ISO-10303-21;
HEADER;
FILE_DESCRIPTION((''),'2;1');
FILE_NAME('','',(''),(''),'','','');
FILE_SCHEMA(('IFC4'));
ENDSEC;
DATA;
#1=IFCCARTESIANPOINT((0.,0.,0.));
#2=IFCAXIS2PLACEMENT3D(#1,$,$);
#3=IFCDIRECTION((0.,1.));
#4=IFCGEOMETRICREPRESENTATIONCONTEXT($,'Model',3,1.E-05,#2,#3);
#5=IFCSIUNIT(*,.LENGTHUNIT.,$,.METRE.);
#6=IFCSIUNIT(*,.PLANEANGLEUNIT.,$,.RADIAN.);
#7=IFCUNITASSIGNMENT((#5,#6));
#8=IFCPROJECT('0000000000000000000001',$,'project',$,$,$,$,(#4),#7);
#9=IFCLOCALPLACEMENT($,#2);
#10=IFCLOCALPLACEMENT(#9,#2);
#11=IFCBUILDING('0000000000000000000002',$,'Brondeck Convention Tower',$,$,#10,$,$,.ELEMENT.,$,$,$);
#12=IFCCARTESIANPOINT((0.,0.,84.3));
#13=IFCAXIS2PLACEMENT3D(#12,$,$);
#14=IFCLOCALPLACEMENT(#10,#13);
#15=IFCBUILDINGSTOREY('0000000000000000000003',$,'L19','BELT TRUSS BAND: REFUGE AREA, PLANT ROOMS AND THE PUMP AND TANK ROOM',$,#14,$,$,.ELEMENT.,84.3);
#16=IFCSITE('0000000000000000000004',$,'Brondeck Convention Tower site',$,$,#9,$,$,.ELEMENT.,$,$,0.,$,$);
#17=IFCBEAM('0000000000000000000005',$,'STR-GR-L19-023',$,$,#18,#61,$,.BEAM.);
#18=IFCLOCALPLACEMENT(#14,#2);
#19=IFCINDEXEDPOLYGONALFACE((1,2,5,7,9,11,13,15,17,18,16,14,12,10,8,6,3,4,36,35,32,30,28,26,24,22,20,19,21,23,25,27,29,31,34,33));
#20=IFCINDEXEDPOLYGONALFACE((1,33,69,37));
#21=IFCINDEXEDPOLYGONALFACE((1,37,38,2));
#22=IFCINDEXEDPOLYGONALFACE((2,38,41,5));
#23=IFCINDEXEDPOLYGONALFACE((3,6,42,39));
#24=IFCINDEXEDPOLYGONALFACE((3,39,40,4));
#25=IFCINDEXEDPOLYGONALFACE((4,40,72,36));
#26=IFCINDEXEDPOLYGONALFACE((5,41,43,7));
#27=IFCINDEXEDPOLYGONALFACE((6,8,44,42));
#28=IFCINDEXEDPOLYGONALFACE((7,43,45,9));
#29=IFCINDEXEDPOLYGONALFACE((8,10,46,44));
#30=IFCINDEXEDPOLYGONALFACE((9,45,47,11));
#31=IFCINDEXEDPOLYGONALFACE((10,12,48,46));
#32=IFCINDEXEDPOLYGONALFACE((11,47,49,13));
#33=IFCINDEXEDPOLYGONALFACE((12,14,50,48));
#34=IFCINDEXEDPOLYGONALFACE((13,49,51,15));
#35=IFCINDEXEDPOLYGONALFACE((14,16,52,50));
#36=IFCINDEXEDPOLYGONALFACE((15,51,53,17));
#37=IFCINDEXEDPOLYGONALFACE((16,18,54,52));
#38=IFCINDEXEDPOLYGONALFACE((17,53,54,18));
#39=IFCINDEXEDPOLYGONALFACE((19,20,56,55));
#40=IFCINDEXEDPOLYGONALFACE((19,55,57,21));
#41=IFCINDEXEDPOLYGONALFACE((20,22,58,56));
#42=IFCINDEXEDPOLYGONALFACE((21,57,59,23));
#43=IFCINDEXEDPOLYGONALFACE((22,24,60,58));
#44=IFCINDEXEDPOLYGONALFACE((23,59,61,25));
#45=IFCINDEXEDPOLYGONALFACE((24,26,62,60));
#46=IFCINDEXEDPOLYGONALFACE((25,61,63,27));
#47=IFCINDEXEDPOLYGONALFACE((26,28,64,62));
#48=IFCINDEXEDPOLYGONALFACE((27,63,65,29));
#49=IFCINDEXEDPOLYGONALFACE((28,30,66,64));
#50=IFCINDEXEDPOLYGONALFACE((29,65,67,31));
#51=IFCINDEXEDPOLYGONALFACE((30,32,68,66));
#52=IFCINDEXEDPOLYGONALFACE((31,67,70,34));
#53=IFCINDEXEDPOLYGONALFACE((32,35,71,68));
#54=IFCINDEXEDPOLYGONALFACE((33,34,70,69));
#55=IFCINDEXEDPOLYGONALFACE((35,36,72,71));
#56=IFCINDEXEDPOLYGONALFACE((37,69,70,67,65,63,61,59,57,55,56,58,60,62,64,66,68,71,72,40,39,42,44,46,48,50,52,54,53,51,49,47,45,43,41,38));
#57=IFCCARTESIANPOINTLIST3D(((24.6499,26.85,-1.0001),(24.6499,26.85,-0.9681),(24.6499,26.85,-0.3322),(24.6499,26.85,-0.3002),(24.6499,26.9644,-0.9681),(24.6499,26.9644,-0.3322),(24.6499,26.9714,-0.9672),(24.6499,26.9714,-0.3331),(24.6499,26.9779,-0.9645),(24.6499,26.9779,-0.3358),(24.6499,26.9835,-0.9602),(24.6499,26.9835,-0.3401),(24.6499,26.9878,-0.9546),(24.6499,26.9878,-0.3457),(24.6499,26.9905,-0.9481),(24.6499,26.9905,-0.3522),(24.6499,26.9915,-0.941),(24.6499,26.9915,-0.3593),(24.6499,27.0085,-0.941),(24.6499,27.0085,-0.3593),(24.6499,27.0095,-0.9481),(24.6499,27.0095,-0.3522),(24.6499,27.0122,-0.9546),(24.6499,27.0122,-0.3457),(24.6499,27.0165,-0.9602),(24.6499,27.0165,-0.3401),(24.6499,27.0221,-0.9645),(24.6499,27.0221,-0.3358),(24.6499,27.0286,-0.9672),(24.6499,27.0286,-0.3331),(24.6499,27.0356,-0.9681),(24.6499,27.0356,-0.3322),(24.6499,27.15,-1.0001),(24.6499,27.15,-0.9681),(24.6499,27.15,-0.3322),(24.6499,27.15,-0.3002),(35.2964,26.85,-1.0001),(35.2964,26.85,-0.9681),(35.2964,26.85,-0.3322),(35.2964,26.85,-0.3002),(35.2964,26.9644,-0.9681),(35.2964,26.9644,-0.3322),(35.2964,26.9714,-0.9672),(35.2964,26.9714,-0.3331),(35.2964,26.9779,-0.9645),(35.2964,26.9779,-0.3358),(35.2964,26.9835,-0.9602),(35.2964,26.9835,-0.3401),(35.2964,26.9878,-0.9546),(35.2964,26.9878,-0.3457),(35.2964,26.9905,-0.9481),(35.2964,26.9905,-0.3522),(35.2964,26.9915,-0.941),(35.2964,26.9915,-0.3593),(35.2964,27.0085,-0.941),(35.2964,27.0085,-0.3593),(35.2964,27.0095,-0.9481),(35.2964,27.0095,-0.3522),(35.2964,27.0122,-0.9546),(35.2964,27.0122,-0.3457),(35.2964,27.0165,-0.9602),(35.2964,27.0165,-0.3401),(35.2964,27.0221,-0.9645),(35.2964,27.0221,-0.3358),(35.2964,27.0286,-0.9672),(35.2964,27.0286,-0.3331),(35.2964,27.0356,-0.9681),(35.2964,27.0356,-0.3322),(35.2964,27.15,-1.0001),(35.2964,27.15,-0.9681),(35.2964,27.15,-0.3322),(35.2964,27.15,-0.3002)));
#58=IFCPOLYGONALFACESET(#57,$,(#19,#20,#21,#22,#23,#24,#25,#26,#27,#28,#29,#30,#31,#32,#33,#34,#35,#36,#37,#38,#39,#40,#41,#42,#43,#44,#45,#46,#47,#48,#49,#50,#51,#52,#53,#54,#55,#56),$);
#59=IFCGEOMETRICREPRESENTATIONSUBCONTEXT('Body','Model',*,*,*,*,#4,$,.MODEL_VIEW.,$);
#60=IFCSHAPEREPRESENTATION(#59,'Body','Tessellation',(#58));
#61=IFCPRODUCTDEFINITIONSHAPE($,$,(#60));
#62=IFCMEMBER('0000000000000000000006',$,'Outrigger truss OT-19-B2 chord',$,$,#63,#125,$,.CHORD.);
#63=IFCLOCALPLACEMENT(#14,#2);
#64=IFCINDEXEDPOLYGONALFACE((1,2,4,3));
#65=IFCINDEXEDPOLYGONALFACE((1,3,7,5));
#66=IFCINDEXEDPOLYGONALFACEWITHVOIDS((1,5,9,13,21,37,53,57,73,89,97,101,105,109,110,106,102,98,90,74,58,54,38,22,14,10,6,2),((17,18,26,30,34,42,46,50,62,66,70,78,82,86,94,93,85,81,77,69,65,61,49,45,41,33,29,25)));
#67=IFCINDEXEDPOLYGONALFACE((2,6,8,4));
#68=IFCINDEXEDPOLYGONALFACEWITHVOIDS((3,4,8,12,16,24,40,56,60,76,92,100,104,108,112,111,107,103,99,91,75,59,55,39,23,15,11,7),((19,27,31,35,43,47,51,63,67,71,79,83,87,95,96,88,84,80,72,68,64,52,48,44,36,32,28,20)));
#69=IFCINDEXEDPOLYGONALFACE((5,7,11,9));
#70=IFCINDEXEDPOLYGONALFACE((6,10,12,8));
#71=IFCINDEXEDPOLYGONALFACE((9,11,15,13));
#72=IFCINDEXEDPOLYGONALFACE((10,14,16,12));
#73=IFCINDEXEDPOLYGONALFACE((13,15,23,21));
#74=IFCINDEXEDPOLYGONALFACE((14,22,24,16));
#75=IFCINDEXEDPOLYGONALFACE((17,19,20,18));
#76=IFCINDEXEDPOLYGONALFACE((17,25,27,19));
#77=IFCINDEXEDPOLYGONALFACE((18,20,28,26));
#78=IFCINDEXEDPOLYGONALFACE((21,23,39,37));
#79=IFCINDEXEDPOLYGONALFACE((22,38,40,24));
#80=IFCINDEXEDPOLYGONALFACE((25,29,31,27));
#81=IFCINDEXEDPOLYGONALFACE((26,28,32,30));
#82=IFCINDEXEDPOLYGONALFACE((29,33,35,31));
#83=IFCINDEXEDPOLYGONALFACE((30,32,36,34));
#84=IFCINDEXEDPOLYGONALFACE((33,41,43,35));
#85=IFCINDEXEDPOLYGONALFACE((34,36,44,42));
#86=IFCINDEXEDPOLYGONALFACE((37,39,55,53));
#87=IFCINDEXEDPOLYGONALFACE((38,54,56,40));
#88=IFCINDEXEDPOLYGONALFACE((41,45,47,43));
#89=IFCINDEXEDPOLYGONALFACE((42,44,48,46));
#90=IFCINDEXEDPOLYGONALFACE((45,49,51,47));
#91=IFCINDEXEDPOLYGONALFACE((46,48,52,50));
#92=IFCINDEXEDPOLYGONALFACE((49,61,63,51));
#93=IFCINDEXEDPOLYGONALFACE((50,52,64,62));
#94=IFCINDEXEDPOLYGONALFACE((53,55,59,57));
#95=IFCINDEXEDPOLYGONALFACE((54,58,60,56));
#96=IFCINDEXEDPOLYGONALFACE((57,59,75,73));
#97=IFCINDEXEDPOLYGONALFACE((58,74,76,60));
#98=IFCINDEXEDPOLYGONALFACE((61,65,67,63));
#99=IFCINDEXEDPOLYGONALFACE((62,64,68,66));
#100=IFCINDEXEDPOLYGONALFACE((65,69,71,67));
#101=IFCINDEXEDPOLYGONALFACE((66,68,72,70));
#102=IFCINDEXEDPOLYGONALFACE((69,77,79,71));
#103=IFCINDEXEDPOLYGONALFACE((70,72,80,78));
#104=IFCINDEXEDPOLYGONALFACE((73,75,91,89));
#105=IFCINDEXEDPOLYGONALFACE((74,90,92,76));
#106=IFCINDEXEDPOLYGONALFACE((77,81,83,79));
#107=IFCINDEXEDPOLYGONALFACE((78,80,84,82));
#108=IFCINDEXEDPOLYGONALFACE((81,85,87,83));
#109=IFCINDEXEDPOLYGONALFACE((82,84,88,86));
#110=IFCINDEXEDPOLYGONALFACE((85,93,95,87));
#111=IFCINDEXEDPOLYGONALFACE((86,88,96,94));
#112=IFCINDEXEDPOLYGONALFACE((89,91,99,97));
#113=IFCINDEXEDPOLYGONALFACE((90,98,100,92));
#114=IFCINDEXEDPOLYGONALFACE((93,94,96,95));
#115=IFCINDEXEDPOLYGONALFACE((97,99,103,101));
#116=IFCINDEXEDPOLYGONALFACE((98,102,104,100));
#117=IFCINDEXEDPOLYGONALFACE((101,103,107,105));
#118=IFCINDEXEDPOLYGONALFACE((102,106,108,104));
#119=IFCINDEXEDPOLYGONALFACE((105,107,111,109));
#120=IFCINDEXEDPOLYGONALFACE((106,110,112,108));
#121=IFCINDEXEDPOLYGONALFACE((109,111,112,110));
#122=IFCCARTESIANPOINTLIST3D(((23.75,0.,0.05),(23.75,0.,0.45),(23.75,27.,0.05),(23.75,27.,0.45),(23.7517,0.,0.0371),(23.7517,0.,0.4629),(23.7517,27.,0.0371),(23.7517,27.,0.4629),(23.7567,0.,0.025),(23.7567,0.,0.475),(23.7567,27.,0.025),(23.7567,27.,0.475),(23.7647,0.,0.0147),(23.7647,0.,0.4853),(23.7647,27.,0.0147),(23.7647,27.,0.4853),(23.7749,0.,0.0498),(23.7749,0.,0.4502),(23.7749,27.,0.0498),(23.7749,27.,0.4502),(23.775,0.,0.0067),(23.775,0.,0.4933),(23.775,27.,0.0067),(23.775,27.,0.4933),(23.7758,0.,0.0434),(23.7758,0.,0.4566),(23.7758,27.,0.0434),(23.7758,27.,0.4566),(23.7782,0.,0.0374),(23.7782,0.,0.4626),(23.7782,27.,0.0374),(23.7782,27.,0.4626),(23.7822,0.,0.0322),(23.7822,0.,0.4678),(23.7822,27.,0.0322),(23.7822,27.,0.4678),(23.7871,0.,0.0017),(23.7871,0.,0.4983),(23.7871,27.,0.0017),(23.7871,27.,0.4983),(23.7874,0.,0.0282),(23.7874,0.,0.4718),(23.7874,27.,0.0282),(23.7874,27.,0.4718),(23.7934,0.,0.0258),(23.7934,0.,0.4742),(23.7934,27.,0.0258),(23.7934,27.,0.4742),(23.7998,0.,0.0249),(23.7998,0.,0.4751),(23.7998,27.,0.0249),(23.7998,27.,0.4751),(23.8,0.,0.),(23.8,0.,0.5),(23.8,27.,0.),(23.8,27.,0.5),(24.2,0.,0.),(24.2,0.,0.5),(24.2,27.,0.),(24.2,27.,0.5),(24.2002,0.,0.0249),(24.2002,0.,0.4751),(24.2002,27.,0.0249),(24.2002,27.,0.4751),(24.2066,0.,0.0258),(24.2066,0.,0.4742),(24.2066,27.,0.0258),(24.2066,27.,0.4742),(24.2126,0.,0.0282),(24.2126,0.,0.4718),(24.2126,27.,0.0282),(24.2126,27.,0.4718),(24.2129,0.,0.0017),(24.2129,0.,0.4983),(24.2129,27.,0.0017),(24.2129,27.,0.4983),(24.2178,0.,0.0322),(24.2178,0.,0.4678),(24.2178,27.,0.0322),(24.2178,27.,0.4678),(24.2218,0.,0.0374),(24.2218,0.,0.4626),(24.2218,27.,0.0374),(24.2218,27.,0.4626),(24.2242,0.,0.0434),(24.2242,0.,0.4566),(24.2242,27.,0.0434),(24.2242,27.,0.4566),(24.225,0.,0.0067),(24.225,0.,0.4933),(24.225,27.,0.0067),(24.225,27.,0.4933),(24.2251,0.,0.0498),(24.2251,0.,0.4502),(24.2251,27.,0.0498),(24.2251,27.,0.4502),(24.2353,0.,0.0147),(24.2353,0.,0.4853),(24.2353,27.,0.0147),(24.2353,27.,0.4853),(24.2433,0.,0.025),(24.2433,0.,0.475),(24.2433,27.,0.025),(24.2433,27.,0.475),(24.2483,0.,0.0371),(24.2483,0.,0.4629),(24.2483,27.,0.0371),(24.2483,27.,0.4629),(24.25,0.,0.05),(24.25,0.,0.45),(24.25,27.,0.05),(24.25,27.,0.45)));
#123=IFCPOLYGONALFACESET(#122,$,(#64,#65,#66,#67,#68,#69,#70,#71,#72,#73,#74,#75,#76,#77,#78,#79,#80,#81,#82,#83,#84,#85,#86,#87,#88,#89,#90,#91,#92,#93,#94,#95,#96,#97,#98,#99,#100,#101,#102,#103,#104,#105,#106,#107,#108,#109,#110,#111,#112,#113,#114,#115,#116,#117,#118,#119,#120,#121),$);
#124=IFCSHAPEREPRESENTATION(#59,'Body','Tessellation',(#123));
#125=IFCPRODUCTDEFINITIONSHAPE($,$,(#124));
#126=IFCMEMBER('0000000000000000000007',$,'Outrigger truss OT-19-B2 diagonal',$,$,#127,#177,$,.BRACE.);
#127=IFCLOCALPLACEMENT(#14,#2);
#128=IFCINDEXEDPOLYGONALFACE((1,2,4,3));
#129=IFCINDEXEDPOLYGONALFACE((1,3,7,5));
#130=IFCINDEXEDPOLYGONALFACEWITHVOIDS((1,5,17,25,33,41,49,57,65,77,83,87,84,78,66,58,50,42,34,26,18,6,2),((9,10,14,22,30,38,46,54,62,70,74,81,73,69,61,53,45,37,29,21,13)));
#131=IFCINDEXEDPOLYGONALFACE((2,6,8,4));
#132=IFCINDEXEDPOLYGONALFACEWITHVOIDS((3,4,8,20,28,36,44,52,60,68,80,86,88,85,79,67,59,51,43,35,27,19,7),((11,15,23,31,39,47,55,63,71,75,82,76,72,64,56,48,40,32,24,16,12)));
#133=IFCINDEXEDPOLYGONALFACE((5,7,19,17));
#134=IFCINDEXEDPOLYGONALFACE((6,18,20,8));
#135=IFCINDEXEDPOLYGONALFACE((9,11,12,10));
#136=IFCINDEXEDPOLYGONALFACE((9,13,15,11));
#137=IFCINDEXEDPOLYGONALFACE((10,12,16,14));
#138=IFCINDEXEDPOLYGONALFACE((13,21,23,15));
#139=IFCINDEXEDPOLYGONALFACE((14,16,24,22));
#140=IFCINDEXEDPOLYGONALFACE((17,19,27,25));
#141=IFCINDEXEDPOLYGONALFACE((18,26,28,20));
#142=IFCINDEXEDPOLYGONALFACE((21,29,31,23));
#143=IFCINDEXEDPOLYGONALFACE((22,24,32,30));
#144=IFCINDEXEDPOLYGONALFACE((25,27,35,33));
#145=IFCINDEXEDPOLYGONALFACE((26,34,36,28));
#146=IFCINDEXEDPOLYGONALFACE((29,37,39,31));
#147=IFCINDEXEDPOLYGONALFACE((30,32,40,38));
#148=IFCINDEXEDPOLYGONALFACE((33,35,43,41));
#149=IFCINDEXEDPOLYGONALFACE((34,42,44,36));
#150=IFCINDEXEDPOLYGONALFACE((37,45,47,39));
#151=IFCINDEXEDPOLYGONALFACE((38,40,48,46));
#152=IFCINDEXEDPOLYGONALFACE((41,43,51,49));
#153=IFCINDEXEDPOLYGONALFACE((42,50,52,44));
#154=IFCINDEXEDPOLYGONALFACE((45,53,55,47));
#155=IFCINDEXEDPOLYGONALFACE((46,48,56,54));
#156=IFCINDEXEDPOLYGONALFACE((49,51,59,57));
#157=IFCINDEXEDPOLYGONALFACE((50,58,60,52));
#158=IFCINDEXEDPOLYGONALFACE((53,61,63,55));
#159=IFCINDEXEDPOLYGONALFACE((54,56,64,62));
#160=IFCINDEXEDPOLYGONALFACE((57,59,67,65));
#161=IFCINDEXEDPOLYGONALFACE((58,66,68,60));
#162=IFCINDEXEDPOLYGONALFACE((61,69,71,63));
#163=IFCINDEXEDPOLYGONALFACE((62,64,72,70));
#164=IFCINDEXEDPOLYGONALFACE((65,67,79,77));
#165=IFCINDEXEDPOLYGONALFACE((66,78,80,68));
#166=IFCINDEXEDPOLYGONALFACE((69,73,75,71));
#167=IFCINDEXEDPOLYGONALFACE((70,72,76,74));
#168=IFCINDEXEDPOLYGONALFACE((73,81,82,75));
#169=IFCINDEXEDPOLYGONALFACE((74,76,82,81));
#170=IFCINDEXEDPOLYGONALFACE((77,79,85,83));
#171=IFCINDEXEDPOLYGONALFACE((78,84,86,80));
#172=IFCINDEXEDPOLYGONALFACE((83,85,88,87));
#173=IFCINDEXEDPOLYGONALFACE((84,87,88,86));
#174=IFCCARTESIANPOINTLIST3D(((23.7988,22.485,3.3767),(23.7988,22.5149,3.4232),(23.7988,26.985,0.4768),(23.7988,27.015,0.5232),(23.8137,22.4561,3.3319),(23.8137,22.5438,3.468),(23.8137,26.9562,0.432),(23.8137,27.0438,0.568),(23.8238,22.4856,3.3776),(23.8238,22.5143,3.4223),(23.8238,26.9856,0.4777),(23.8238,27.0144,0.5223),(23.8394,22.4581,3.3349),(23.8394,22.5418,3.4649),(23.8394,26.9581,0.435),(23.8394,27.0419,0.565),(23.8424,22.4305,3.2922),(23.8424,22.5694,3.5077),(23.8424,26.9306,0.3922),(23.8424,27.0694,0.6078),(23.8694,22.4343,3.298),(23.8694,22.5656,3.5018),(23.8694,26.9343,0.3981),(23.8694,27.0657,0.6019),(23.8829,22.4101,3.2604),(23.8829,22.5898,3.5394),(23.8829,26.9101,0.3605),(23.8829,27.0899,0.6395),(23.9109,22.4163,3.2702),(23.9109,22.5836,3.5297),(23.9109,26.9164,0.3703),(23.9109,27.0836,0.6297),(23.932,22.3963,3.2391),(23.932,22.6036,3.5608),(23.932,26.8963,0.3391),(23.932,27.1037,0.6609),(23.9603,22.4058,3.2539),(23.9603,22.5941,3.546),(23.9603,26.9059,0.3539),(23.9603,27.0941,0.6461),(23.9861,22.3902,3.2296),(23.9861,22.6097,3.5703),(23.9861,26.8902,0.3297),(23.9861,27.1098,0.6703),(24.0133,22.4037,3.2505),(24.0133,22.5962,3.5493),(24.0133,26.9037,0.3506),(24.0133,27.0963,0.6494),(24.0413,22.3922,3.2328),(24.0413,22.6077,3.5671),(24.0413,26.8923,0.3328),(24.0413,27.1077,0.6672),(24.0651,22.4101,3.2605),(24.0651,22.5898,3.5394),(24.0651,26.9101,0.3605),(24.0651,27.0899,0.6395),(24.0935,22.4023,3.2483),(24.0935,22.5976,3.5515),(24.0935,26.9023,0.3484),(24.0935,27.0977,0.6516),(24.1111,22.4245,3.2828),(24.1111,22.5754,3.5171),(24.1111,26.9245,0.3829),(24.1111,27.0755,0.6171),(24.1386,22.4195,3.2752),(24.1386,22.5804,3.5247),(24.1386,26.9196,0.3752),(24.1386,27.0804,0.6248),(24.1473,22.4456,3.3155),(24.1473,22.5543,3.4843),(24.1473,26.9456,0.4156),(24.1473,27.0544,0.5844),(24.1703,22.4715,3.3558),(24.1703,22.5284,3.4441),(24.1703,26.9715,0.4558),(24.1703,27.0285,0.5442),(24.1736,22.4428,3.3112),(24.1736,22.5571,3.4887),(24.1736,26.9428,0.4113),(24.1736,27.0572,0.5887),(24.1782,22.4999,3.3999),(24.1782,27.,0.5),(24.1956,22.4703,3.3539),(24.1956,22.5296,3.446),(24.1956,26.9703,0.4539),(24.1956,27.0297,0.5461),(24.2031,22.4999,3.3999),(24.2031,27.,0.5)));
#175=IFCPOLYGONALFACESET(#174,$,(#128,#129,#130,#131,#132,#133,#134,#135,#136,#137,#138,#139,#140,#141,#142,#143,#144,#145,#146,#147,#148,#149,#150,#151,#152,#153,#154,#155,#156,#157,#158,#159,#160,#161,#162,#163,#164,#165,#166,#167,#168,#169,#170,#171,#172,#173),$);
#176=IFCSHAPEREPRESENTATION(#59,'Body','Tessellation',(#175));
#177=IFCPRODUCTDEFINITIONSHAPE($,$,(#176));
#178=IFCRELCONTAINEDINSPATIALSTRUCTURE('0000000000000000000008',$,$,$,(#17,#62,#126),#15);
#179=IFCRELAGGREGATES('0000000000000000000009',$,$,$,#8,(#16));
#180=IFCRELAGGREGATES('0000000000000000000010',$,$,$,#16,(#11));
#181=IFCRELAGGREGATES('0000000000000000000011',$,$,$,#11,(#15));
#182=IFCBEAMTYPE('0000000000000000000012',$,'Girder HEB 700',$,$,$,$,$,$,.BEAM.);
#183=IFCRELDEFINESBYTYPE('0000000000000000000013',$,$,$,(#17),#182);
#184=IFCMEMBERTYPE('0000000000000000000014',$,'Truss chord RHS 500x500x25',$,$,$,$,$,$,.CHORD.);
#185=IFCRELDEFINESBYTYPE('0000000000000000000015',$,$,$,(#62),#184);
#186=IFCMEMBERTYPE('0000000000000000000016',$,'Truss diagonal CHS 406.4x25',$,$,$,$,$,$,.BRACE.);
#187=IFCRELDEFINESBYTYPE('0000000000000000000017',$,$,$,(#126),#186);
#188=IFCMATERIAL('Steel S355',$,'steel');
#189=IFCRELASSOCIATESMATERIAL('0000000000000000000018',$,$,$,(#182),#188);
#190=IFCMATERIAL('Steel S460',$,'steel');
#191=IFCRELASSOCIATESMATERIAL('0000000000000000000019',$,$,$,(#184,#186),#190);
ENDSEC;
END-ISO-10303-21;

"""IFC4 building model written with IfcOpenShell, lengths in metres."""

from ifc_helpers import new_model, si_unit, direction, frame, origin, origin_2d, place, context, subcontext, project, spatial, hollow_rectangle, hollow_circle, i_section, extrude, material, material_profile, profile_set, type_object, element, save


model = new_model("IFC4")

# Units and contexts
model_context = context("Model", 3, precision=1e-05, world=origin(), true_north=direction((0.0, 1.0)))
body_context = subcontext(model_context, "Body", "Model", "MODEL_VIEW")
ifc_project = project(units=[si_unit("LENGTHUNIT", "METRE"), si_unit("PLANEANGLEUNIT", "RADIAN")], contexts=[model_context])

# Site, building, storey
site_placement = place(None, origin())
site = spatial("IfcSite", under=ifc_project, at=site_placement, Name="Brondeck Convention Tower site", CompositionType="ELEMENT", RefElevation=0.0)
building_placement = place(site_placement, origin())
building = spatial("IfcBuilding", under=site, at=building_placement, Name="Brondeck Convention Tower", CompositionType="ELEMENT")
storey_placement = place(building_placement, frame((0.0, 0.0, 84.3)))
storey = spatial("IfcBuildingStorey", under=building, at=storey_placement, Name="L19", Description="BELT TRUSS BAND: REFUGE AREA, PLANT ROOMS AND THE PUMP AND TANK ROOM", CompositionType="ELEMENT", Elevation=84.3)

# Beam
ifc_material_1 = material(Name="Steel S355", Category="steel")
ifc_material_profile_1 = material_profile(ifc_material_1, i_section(OverallWidth=0.3, OverallDepth=0.7, WebThickness=0.0171, FlangeThickness=0.032, FilletRadius=0.0271, at=origin_2d()), Name="HEB 700")
ifc_profile_set_1 = profile_set([ifc_material_profile_1], Name="Steel S355")
beam_type = type_object("IfcBeamType", Name="Girder HEB 700", PredefinedType="BEAM", material=ifc_profile_set_1)
beam_1_placement = place(storey_placement, frame((24.6499, 27.0, -0.6501), z_axis=(1.0, 0.0, 0.0), x_axis=(0.0, 1.0, 0.0)))
element("IfcBeam", 1, at=beam_1_placement, inside=storey, type_object=beam_type, Name="STR-GR-L19-023", PredefinedType="BEAM", context=body_context, shape_type="SweptSolid", body=[
    extrude(i_section(OverallWidth=0.3, OverallDepth=0.7, WebThickness=0.0171, FlangeThickness=0.032, FilletRadius=0.0271, at=origin_2d()), origin(), (0.0, 0.0, 1.0), 10.6465),
])

# Members
ifc_material_2 = material(Name="Steel S460", Category="steel")
ifc_material_profile_2 = material_profile(ifc_material_2, hollow_rectangle(XDim=0.5, YDim=0.5, WallThickness=0.0249, InnerFilletRadius=0.0249, OuterFilletRadius=0.05, at=origin_2d()), Name="RHS 500x500x25")
ifc_profile_set_2 = profile_set([ifc_material_profile_2], Name="Steel S460")
member_type_1 = type_object("IfcMemberType", Name="Truss chord RHS 500x500x25", PredefinedType="CHORD", material=ifc_profile_set_2)
member_1_placement = place(storey_placement, frame((24.0, 27.0, 0.25), z_axis=(0.0, -1.0, 0.0), x_axis=(1.0, 0.0, 0.0)))
element("IfcMember", 2, at=member_1_placement, inside=storey, type_object=member_type_1, Name="Outrigger truss OT-19-B2 chord", PredefinedType="CHORD", context=body_context, shape_type="SweptSolid", body=[
    extrude(hollow_rectangle(XDim=0.5, YDim=0.5, WallThickness=0.0249, InnerFilletRadius=0.0249, OuterFilletRadius=0.05, at=origin_2d()), origin(), (0.0, 0.0, 1.0), 27.0),
])
ifc_material_profile_3 = material_profile(ifc_material_2, hollow_circle(Radius=0.2031, WallThickness=0.0249, at=origin_2d()), Name="CHS 406.4x25")
ifc_profile_set_3 = profile_set([ifc_material_profile_3], Name="Steel S460")
member_type_2 = type_object("IfcMemberType", Name="Truss diagonal CHS 406.4x25", PredefinedType="BRACE", material=ifc_profile_set_3)
for number, where, z_axis, x_axis, name in (
    (3, (24.0, 27.0, 0.5), (0.0, -0.840579, 0.541688), (1.0, 0.0, 0.0), "Outrigger truss OT-19-B2 diagonal"),
):
    element("IfcMember", number, at=place(storey_placement, frame(where, z_axis=z_axis, x_axis=x_axis)), inside=storey, type_object=member_type_2, Name=name, PredefinedType="BRACE", context=body_context, shape_type="SweptSolid", body=[
        extrude(hollow_circle(Radius=0.2031, WallThickness=0.0249, at=origin_2d()), origin(), (0.0, 0.0, 1.0), 5.3535),
    ])

save(model, "model.ifc")
